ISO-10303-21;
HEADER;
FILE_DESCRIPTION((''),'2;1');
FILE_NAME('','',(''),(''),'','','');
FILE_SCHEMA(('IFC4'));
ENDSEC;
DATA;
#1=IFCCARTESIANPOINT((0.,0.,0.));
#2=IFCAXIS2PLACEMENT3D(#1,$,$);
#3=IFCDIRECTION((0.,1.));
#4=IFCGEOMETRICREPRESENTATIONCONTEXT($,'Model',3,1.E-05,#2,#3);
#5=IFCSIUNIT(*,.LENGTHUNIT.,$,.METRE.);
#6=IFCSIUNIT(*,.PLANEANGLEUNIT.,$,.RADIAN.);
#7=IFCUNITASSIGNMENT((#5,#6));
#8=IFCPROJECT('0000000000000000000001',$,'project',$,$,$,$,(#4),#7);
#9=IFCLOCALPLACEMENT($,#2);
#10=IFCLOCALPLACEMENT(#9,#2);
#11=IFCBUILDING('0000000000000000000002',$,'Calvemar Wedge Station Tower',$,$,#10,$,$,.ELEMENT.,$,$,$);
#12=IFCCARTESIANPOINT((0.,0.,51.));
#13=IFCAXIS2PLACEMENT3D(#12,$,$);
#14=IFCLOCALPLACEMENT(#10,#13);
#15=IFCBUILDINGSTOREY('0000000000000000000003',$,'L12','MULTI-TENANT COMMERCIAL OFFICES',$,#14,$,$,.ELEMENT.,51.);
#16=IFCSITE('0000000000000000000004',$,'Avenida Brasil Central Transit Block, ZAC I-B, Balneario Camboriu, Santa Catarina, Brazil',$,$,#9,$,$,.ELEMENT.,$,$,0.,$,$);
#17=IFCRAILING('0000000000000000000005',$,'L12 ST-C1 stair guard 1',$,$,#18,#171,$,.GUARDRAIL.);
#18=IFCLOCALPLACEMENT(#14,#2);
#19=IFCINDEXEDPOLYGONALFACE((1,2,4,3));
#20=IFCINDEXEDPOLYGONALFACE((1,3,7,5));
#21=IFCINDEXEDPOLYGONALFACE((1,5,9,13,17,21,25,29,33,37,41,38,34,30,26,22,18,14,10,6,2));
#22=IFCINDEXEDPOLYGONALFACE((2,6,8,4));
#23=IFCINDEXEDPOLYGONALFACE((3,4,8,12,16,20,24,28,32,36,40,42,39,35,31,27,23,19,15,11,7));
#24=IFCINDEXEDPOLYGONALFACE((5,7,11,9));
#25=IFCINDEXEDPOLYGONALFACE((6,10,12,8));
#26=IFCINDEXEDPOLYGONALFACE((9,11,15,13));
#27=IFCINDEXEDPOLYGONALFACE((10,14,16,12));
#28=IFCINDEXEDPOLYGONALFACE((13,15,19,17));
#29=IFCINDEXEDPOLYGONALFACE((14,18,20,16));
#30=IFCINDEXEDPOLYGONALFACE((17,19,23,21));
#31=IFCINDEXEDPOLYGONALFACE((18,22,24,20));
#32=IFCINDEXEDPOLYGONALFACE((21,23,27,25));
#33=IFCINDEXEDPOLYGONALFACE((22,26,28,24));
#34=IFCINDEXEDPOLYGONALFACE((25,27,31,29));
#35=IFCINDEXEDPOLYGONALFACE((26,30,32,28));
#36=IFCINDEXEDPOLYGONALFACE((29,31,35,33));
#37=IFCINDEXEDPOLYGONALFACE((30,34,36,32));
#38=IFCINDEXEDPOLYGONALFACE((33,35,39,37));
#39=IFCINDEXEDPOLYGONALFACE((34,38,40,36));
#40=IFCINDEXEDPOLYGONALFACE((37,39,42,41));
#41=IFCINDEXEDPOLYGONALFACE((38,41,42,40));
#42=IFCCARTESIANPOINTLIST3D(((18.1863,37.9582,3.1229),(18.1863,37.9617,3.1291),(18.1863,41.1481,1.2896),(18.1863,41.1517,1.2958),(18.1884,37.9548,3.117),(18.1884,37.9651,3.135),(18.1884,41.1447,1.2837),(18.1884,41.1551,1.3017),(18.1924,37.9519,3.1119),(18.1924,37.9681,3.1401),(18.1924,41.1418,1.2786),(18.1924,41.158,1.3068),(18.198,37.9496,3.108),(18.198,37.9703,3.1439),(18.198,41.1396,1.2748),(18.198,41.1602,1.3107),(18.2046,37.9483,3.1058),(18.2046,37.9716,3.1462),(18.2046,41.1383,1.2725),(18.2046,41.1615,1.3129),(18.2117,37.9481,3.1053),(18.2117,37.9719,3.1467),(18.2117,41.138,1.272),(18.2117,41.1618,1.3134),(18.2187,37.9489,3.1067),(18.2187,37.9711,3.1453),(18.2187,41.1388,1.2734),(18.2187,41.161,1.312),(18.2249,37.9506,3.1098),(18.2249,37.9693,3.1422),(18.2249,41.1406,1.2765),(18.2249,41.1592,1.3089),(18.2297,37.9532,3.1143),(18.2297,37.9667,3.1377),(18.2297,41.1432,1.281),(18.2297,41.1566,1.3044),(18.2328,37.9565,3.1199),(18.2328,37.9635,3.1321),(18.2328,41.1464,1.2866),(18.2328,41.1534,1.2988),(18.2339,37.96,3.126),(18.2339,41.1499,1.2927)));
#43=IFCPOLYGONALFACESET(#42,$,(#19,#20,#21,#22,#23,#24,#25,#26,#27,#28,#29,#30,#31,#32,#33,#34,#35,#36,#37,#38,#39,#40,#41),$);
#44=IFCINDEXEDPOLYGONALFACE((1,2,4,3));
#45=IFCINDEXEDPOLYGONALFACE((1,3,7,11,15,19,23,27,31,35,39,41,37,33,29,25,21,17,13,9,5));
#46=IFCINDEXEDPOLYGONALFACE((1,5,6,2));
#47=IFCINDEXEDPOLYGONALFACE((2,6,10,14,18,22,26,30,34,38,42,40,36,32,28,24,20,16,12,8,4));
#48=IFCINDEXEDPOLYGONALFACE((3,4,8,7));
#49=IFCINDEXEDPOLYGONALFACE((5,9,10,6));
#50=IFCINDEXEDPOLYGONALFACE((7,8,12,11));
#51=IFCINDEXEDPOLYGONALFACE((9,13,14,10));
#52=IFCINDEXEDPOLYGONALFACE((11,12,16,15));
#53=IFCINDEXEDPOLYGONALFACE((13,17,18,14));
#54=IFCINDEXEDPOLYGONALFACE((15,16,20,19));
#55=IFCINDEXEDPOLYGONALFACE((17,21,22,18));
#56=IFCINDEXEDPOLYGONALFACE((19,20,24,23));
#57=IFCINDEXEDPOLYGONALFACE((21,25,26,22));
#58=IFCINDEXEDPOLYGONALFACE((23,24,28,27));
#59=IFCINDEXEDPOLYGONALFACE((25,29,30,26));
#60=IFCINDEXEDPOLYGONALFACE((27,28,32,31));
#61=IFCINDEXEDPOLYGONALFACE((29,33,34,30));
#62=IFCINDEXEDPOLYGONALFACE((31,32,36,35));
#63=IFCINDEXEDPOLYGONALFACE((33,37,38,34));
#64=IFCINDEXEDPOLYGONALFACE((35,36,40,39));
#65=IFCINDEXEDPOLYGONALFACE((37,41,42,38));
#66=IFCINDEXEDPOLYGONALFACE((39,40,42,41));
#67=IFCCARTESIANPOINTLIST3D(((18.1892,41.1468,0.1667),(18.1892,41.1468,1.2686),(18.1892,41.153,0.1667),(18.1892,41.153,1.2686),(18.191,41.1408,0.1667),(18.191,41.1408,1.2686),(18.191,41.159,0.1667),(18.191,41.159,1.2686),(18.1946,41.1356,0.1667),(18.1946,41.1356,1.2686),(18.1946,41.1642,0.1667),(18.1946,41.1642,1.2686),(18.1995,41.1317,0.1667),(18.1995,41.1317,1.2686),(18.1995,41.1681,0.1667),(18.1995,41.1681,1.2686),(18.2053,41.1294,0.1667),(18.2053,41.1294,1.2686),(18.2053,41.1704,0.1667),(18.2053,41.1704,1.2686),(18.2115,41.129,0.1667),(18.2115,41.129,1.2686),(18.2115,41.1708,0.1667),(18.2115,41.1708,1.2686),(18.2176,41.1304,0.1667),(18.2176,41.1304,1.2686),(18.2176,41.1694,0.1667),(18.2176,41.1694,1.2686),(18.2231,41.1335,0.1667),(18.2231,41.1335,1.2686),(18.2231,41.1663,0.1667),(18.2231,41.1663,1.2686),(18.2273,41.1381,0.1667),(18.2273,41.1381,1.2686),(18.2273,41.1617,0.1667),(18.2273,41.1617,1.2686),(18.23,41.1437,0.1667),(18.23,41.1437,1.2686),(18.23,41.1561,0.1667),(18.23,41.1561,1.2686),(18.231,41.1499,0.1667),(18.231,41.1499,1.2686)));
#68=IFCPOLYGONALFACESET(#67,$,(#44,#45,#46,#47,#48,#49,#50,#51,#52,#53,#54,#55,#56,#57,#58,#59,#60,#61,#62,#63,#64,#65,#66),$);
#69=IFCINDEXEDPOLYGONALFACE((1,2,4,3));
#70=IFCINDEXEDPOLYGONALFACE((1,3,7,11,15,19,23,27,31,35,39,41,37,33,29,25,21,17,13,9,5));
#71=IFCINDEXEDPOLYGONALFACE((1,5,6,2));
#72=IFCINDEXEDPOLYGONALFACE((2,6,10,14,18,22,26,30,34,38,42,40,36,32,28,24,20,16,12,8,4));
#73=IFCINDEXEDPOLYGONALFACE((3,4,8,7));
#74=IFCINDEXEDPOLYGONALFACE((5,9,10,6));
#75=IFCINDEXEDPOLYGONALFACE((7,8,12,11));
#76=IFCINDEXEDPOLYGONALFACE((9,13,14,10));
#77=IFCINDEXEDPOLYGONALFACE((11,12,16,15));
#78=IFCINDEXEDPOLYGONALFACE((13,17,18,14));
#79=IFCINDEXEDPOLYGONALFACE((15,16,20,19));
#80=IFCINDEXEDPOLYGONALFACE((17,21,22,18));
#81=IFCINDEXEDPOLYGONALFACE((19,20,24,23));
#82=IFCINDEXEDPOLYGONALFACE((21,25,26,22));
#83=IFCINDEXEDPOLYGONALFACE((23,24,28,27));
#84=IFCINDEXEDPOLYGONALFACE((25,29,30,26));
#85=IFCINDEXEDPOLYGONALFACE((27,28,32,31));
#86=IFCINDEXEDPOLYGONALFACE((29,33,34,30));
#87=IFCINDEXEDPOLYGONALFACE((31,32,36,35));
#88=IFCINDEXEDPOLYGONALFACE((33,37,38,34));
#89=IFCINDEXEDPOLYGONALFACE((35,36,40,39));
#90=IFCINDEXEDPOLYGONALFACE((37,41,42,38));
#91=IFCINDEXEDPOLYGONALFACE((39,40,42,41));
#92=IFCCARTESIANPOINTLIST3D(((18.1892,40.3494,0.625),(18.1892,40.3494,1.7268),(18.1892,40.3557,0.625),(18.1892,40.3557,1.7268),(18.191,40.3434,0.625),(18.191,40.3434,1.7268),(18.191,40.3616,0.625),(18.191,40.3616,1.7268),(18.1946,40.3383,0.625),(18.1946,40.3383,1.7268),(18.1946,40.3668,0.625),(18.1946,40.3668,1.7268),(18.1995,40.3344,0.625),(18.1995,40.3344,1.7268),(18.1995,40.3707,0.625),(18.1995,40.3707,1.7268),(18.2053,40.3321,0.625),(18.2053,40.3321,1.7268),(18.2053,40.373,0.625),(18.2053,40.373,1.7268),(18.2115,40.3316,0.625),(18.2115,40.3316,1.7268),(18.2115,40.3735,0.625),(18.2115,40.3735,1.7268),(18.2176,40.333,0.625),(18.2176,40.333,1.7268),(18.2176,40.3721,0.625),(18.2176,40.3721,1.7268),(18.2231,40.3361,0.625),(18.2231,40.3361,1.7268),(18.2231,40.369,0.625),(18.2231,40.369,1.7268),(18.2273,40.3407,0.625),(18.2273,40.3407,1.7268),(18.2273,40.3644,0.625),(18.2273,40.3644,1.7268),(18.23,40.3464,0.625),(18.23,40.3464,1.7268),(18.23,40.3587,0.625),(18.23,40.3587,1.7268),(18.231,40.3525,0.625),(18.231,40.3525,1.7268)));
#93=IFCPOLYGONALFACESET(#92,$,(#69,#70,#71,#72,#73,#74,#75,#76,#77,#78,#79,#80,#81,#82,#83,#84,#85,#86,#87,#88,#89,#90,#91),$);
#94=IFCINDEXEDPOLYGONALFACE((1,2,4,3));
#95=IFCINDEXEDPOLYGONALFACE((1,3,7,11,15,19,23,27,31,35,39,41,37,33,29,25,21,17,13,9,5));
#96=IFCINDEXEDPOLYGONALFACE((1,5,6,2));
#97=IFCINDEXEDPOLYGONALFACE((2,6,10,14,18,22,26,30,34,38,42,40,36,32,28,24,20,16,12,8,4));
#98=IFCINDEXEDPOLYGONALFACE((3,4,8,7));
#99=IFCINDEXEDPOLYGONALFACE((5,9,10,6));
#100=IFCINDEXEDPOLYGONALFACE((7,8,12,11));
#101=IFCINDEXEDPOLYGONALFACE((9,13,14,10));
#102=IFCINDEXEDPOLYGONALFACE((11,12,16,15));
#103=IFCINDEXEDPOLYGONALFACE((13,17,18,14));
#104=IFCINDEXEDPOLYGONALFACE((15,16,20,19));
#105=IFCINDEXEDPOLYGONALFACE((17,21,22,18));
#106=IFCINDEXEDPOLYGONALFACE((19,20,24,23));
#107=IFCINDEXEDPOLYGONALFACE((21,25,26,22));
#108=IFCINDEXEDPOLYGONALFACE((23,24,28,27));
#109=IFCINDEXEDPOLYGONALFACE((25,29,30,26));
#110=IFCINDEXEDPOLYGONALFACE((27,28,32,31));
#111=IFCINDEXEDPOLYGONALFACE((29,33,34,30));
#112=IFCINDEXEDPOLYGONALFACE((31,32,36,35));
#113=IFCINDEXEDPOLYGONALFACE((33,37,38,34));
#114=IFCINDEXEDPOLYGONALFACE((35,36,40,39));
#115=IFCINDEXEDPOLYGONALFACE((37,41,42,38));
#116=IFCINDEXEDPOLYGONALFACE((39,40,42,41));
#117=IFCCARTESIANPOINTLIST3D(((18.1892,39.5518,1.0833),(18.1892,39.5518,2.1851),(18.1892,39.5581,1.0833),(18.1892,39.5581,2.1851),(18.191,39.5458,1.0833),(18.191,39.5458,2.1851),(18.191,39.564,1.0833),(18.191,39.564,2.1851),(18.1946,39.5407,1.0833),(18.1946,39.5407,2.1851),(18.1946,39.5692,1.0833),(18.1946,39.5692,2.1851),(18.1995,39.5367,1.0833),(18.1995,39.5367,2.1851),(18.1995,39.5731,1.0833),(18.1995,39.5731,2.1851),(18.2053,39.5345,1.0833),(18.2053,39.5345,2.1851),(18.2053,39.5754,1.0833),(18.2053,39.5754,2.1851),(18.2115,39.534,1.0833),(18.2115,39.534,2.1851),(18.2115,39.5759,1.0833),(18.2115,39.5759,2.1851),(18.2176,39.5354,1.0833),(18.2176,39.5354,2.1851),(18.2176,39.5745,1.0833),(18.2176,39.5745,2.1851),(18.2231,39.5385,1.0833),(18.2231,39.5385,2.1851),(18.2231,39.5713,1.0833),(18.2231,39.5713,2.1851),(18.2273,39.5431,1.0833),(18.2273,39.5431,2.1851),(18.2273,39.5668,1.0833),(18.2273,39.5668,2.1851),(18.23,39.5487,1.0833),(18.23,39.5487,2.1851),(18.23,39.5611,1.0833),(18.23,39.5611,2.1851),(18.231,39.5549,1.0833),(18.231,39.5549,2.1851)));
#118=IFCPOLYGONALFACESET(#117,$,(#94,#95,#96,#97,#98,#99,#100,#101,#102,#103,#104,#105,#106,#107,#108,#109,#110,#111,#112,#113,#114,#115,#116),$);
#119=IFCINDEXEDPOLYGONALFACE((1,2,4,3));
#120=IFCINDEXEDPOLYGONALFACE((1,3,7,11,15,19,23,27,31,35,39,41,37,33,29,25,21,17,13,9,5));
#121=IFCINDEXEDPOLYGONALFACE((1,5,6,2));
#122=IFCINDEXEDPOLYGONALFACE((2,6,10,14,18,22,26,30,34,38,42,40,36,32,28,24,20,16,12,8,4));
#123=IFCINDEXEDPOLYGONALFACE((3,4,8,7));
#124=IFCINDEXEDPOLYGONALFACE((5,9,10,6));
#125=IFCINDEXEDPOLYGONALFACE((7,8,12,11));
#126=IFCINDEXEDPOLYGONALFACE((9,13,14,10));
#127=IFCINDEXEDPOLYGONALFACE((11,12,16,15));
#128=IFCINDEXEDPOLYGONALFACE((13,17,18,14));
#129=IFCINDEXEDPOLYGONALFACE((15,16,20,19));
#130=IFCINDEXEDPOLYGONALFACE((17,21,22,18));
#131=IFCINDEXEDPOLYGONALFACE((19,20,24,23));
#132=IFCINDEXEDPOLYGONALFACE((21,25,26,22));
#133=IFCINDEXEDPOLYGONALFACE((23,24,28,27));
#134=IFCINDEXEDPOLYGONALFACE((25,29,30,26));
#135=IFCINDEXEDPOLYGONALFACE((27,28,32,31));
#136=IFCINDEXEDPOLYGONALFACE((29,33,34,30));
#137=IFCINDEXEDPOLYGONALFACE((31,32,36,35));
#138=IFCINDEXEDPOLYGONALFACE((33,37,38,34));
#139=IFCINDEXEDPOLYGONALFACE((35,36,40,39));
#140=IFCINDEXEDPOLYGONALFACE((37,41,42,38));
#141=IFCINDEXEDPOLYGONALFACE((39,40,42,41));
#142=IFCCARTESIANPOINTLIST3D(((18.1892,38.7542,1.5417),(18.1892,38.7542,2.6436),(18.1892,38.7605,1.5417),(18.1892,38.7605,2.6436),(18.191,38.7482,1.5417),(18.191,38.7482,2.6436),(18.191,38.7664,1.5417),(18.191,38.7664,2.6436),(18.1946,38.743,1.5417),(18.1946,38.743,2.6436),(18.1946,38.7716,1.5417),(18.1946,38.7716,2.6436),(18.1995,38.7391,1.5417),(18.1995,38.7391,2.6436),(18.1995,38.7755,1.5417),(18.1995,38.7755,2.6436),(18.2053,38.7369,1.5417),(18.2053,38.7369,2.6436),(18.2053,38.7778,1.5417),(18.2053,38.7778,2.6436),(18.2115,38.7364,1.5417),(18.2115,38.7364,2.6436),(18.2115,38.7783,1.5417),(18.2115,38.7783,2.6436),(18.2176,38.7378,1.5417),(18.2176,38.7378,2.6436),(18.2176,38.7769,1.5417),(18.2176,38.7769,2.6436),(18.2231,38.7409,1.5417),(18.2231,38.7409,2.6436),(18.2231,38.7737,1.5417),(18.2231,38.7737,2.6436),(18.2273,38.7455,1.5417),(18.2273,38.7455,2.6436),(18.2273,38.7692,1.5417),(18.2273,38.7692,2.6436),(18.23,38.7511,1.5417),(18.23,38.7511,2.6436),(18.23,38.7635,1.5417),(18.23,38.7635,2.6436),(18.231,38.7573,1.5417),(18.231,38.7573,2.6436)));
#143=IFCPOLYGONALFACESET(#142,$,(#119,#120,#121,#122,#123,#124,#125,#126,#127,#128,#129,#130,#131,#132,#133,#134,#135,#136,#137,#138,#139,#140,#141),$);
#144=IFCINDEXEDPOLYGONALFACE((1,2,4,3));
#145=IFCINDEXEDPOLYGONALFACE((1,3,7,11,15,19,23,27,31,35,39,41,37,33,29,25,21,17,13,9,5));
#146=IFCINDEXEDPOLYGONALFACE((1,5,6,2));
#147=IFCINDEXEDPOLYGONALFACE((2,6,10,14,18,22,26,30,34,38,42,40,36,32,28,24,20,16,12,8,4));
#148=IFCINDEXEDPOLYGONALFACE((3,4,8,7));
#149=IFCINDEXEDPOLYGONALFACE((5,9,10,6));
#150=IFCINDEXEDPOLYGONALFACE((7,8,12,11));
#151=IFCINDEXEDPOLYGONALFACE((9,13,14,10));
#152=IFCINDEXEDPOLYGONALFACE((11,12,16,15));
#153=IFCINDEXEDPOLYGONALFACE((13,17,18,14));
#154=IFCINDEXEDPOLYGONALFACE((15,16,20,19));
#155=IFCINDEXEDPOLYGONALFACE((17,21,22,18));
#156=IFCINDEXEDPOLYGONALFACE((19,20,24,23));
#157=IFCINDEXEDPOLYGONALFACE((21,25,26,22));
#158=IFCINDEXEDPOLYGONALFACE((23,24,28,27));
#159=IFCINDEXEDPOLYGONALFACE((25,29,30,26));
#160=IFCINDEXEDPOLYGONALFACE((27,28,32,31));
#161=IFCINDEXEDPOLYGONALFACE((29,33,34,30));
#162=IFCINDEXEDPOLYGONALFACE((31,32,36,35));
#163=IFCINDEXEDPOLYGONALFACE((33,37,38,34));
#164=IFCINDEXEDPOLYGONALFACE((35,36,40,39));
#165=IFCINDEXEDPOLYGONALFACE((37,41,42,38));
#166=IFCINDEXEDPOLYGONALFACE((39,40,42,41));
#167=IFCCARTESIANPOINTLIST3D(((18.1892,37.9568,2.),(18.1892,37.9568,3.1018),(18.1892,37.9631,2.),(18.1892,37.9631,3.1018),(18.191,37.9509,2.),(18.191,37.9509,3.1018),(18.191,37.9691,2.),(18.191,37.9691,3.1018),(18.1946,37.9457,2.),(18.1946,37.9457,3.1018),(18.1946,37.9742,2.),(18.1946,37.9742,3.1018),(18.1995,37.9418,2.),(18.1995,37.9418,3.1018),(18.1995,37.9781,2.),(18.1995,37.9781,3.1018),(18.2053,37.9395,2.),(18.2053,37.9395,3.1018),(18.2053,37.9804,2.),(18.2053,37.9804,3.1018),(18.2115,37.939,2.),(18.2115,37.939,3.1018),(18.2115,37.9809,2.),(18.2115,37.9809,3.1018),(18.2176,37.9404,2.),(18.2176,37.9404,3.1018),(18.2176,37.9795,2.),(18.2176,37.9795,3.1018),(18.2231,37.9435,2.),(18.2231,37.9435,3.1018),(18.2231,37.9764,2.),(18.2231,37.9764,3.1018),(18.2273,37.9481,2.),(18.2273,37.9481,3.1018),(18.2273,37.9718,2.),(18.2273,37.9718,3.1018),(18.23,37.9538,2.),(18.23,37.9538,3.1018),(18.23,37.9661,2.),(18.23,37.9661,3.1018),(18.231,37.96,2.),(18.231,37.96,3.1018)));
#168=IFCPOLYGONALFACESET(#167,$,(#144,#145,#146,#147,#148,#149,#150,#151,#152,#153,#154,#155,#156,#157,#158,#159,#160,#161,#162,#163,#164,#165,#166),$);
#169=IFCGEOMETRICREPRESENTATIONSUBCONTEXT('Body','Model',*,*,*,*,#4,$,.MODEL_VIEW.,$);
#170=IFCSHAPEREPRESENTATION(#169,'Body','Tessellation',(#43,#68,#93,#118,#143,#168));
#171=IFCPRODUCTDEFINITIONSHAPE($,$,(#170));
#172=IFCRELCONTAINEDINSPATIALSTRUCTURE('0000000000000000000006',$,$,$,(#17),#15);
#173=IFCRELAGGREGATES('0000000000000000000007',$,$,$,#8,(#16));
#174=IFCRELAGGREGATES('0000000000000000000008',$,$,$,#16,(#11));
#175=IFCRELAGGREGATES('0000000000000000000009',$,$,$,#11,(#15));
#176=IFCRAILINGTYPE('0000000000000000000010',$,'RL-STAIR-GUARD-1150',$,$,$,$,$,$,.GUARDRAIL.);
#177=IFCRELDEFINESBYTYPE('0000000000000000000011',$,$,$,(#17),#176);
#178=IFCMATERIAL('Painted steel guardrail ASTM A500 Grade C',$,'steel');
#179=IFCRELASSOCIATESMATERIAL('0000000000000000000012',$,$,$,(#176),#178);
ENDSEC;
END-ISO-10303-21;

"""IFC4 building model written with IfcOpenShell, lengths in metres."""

from ifc_helpers import new_model, si_unit, direction, frame, origin, origin_2d, place, context, subcontext, project, spatial, circle, extrude, material, type_object, element, save


model = new_model("IFC4")

# Units and contexts
model_context = context("Model", 3, precision=1e-05, world=origin(), true_north=direction((0.0, 1.0)))
body_context = subcontext(model_context, "Body", "Model", "MODEL_VIEW")
ifc_project = project(units=[si_unit("LENGTHUNIT", "METRE"), si_unit("PLANEANGLEUNIT", "RADIAN")], contexts=[model_context])

# Site, building, storey
site_placement = place(None, origin())
site = spatial("IfcSite", under=ifc_project, at=site_placement, Name="Avenida Brasil Central Transit Block, ZAC I-B, Balneario Camboriu, Santa Catarina, Brazil", CompositionType="ELEMENT", RefElevation=0.0)
building_placement = place(site_placement, origin())
building = spatial("IfcBuilding", under=site, at=building_placement, Name="Calvemar Wedge Station Tower", CompositionType="ELEMENT")
storey_placement = place(building_placement, frame((0.0, 0.0, 51.0)))
storey = spatial("IfcBuildingStorey", under=building, at=storey_placement, Name="L12", Description="MULTI-TENANT COMMERCIAL OFFICES", CompositionType="ELEMENT", Elevation=51.0)

# Railing
ifc_material_1 = material(Name="Painted steel guardrail ASTM A500 Grade C", Category="steel")
railing_type_1 = type_object("IfcRailingType", Name="RL-STAIR-GUARD-1150", PredefinedType="GUARDRAIL", material=ifc_material_1)
railing_1_placement = place(storey_placement, frame((18.21, 41.1499, 0.1667)))
element("IfcRailing", 1, at=railing_1_placement, inside=storey, type_object=railing_type_1, Name="L12 ST-C1 stair guard 1", PredefinedType="GUARDRAIL", context=body_context, shape_type="SweptSolid", body=[
    extrude(circle(Radius=0.0239, at=origin_2d()), frame((0.0, 0.0, 1.126), z_axis=(0.0, -0.86702, 0.498274), x_axis=(1.0, 0.0, 0.0)), (0.0, 0.0, 1.0), 3.6792),
    extrude(circle(Radius=0.021, at=origin_2d()), origin(), (0.0, 0.0, 1.0), 1.1018),
    extrude(circle(Radius=0.021, at=origin_2d()), frame((0.0, -0.7974, 0.4583)), (0.0, 0.0, 1.0), 1.1018),
    extrude(circle(Radius=0.021, at=origin_2d()), frame((0.0, -1.595, 0.9165)), (0.0, 0.0, 1.0), 1.1018),
    extrude(circle(Radius=0.021, at=origin_2d()), frame((0.0, -2.3926, 1.375)), (0.0, 0.0, 1.0), 1.1018),
    extrude(circle(Radius=0.021, at=origin_2d()), frame((0.0, -3.1899, 1.8333)), (0.0, 0.0, 1.0), 1.1018),
])

save(model, "model.ifc")
